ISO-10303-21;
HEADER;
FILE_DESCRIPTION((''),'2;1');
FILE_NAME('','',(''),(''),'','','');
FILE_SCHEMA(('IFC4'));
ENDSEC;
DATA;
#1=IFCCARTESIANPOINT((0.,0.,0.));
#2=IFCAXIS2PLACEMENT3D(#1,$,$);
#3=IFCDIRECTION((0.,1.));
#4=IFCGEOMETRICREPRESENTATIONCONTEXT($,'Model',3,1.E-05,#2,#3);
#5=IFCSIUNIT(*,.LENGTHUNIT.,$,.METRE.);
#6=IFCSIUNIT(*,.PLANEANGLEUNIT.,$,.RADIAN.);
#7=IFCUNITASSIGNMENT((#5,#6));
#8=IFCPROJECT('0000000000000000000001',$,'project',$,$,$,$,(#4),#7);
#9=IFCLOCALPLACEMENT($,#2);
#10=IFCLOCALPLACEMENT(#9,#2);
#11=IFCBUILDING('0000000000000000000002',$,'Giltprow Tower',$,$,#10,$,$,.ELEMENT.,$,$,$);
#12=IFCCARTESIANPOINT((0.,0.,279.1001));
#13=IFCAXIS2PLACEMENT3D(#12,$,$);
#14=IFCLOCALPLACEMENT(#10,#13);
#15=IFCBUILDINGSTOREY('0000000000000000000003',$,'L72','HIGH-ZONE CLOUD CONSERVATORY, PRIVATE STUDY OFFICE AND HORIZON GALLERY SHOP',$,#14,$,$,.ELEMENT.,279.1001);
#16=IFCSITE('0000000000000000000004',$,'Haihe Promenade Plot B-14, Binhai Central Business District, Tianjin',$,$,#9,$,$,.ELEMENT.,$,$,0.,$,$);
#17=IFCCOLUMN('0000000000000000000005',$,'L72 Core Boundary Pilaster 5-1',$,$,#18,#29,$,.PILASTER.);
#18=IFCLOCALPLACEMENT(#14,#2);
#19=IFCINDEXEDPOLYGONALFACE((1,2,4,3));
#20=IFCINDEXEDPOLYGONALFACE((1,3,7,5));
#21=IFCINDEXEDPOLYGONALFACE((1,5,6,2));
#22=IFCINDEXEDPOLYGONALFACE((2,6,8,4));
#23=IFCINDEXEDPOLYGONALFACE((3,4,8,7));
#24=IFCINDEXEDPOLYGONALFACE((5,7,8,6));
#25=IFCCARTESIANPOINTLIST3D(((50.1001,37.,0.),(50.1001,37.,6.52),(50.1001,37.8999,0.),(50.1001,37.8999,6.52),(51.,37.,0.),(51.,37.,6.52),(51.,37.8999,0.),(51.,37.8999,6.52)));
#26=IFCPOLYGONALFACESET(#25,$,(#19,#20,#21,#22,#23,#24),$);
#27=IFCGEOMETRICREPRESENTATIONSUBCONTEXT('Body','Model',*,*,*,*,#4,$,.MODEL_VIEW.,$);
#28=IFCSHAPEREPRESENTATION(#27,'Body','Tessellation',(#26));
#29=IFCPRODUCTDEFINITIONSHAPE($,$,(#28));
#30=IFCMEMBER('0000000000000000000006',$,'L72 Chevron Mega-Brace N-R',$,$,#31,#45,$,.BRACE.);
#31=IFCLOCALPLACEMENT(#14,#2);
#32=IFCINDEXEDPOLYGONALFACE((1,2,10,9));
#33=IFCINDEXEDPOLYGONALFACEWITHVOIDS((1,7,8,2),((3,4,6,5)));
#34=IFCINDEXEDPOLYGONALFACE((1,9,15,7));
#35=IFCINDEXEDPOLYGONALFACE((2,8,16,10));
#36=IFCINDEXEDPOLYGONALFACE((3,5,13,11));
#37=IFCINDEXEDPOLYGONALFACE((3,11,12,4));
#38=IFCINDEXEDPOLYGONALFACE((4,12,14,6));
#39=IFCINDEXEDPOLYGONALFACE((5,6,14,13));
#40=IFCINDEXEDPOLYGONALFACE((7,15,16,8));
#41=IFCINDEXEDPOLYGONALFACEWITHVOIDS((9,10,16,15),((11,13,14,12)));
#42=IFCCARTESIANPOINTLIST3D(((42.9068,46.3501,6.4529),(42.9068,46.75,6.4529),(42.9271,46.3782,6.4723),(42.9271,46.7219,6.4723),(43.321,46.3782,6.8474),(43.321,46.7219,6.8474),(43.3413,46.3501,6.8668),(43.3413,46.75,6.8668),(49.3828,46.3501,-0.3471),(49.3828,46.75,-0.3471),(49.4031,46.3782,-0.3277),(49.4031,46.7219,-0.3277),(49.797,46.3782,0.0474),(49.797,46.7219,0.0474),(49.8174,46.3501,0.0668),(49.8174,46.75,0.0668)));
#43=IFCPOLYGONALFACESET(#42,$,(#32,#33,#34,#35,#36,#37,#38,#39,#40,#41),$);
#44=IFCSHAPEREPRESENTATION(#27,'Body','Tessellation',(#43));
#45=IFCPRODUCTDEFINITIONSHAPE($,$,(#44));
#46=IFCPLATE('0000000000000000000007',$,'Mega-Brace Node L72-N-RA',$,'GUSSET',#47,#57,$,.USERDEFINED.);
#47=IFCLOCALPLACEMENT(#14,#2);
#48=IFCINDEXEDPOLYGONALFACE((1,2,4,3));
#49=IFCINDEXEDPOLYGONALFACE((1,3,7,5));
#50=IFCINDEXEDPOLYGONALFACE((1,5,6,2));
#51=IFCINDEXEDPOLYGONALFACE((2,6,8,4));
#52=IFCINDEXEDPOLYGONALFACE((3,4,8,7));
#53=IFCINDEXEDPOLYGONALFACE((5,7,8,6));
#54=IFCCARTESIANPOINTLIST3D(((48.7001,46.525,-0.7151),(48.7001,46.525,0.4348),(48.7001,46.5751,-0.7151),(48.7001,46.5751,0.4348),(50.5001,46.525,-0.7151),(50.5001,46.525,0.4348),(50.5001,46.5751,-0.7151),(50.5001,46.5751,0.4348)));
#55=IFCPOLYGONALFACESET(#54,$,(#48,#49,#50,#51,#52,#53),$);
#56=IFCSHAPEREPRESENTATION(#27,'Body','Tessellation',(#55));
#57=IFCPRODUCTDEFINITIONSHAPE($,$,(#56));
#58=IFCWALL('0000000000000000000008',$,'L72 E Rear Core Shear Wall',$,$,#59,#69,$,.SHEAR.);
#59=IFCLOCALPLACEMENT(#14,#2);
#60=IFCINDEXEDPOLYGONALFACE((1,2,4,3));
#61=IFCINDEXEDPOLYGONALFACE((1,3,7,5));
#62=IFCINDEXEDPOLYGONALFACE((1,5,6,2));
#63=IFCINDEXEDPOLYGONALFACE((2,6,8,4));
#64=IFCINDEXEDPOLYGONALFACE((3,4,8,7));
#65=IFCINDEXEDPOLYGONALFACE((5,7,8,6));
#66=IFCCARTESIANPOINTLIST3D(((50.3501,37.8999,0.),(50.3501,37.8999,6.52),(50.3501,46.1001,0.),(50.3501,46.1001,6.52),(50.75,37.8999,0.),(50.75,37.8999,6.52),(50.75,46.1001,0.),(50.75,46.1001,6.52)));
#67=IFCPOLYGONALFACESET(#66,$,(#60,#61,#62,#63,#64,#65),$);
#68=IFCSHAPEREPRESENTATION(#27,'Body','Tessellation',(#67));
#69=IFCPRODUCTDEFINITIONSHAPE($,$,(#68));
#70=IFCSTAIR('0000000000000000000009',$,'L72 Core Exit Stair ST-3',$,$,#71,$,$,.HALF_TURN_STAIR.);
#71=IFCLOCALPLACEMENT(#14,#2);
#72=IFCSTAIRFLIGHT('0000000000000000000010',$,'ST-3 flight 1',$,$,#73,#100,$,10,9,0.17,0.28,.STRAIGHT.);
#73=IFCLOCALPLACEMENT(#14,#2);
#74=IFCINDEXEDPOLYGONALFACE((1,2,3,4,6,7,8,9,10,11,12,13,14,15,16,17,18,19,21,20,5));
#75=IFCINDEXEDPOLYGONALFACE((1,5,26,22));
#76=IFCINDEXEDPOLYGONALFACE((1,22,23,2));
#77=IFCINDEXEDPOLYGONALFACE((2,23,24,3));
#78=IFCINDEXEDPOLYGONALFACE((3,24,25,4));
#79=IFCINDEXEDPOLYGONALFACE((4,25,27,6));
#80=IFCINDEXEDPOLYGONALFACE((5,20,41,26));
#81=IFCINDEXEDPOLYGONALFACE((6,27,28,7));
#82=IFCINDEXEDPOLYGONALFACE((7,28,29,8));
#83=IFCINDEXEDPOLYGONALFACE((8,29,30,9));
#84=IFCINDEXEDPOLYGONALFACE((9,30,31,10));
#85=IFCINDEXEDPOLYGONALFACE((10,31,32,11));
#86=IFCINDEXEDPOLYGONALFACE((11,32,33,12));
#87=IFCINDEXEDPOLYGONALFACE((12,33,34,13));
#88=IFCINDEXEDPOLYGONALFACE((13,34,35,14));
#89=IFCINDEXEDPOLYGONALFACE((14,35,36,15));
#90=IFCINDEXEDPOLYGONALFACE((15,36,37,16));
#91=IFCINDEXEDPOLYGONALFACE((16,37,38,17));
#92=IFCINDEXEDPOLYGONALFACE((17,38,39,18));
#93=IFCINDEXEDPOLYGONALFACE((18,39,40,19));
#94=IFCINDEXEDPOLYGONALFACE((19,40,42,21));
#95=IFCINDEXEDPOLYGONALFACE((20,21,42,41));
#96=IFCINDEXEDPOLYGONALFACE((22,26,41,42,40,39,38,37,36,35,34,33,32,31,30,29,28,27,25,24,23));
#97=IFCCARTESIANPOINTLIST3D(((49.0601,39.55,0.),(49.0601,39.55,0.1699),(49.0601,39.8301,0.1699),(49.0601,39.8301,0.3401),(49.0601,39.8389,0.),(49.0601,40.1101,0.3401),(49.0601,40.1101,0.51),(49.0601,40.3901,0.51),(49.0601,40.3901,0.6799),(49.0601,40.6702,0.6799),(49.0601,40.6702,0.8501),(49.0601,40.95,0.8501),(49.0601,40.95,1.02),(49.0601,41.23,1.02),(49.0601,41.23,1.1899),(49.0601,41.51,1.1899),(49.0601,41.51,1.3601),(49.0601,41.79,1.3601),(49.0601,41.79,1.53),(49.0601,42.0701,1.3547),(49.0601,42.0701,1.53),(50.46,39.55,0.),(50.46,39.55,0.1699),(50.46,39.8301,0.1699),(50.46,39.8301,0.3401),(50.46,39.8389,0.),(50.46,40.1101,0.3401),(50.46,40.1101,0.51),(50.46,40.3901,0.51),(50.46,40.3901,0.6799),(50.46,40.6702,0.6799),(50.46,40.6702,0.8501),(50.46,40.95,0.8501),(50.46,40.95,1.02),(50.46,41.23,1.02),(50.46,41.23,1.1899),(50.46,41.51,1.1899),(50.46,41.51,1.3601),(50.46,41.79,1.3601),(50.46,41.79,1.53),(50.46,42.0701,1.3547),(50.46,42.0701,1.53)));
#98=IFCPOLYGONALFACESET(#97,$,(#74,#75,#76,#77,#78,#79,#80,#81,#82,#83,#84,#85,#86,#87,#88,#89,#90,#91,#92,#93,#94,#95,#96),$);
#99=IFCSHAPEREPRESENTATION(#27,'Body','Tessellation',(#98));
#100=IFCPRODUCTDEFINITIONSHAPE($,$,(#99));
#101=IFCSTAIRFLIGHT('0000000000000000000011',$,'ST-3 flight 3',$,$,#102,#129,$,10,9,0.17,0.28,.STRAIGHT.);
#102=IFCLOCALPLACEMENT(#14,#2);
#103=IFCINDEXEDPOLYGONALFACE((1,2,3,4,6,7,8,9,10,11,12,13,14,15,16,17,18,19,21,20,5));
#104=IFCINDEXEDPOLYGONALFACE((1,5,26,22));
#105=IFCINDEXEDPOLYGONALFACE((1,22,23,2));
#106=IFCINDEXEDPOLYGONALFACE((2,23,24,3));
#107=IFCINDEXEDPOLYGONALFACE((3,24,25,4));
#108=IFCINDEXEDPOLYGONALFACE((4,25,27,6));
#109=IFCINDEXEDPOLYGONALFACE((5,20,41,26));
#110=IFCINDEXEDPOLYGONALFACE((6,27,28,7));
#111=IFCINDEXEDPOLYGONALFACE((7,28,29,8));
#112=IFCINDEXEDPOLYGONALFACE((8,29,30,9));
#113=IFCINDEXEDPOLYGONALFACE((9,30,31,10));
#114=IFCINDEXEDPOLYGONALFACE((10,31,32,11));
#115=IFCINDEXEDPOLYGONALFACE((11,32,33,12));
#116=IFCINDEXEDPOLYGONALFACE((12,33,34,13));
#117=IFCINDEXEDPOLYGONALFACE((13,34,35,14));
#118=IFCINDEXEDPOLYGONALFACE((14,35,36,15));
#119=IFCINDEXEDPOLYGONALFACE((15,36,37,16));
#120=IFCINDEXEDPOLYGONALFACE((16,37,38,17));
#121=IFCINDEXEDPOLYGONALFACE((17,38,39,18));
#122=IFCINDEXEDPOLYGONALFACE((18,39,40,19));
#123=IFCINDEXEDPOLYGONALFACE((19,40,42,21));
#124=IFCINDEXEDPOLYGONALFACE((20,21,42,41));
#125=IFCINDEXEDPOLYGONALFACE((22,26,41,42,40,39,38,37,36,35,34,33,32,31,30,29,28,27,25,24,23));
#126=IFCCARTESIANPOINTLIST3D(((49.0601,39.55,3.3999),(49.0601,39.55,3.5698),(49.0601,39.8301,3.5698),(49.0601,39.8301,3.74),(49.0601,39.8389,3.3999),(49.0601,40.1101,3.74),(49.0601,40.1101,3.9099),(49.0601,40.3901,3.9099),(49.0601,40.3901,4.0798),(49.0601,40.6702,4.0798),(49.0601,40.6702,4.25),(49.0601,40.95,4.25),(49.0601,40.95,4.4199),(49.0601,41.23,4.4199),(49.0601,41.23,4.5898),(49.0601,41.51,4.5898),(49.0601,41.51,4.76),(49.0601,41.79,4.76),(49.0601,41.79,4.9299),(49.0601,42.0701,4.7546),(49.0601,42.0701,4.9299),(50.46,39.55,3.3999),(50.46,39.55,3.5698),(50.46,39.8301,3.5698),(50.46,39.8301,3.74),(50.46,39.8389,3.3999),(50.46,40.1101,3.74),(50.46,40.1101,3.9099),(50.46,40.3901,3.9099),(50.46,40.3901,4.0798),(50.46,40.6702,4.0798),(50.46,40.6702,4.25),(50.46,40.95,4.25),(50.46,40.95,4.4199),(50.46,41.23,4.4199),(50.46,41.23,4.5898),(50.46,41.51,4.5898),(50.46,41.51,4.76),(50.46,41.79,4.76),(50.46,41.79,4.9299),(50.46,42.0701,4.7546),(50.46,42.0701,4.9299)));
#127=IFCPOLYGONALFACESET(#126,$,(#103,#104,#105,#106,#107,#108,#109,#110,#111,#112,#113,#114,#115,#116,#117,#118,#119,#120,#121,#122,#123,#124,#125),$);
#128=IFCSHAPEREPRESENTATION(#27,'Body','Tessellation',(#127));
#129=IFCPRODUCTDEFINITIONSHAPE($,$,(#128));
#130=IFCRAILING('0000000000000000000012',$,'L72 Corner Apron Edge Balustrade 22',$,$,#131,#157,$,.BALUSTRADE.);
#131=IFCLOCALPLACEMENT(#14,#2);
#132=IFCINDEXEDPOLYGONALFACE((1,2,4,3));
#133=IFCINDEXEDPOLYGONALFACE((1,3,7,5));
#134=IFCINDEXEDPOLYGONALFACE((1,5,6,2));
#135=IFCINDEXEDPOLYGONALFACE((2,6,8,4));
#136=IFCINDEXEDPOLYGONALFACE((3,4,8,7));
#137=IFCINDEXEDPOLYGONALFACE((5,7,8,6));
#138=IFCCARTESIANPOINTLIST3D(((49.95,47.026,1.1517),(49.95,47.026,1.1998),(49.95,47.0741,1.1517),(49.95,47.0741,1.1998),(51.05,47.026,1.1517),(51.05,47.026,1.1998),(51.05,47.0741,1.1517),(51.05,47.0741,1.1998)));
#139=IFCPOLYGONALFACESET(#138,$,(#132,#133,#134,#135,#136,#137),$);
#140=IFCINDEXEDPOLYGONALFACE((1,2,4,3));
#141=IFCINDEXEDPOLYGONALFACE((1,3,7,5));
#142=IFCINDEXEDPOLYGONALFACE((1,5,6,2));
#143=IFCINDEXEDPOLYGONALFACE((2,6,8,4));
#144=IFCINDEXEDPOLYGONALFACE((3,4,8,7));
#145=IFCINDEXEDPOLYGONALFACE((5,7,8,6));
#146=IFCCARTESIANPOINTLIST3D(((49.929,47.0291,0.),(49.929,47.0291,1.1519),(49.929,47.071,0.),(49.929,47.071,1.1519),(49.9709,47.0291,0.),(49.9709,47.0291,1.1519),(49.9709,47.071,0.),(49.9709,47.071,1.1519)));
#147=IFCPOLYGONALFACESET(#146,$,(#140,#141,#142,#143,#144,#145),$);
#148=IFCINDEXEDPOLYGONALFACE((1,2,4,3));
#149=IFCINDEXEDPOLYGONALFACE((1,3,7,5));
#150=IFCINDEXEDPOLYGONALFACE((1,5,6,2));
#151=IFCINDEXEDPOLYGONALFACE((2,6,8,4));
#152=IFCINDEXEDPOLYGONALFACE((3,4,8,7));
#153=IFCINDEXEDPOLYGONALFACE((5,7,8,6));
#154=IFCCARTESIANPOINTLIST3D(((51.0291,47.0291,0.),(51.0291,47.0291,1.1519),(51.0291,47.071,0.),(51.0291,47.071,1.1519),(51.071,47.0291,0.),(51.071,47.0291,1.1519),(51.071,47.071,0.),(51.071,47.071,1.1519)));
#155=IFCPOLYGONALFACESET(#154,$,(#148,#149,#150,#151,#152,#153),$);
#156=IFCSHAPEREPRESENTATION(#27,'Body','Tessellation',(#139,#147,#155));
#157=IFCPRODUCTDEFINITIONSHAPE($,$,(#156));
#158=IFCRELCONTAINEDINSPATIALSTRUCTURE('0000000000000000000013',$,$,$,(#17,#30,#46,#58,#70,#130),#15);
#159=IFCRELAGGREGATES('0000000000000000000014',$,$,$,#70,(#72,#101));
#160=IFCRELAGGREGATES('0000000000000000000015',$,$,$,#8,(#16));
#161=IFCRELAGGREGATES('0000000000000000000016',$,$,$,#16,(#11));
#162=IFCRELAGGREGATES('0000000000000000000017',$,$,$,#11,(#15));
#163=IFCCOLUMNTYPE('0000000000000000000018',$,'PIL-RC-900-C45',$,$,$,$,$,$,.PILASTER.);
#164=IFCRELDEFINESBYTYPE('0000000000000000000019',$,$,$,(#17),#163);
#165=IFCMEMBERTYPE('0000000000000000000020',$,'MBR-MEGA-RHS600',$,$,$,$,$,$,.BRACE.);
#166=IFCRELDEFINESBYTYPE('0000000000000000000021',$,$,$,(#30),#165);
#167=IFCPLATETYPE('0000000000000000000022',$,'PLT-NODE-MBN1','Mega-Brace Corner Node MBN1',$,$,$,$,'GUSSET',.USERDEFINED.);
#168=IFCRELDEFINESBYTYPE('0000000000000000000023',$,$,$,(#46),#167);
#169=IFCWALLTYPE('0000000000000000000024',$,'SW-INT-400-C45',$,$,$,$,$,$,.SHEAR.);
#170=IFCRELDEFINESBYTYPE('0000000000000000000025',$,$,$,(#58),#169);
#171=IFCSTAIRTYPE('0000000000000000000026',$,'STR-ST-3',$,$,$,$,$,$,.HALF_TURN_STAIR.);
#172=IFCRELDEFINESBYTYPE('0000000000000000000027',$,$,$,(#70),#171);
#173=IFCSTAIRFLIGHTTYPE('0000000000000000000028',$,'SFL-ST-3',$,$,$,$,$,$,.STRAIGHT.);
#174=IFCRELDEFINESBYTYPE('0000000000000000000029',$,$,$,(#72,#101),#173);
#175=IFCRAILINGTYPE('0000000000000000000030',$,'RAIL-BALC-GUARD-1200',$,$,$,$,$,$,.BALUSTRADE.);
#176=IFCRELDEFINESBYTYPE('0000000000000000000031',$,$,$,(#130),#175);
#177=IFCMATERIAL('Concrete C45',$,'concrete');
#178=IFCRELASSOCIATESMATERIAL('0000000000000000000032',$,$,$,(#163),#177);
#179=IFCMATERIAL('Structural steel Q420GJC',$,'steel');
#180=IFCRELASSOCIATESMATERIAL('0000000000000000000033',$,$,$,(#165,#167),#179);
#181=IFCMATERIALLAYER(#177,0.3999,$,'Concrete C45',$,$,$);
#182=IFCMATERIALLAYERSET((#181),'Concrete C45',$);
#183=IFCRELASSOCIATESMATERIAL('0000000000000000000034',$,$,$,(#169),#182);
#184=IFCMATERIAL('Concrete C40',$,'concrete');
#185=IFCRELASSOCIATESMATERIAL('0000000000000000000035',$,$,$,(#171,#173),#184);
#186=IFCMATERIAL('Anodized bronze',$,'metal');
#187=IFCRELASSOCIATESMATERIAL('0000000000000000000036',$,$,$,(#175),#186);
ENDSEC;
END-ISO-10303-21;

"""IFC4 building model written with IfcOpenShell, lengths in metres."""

from ifc_helpers import new_model, si_unit, direction, frame, frame_2d, origin, origin_2d, place, context, subcontext, project, spatial, polyline, rectangle, hollow_rectangle, outline, extrude, source, transform, mapped, material, layer, layer_set, material_profile, profile_set, type_object, element, aggregate, save


model = new_model("IFC4")

# Units and contexts
model_context = context("Model", 3, precision=1e-05, world=origin(), true_north=direction((0.0, 1.0)))
body_context = subcontext(model_context, "Body", "Model", "MODEL_VIEW")
ifc_project = project(units=[si_unit("LENGTHUNIT", "METRE"), si_unit("PLANEANGLEUNIT", "RADIAN")], contexts=[model_context])

# Site, building, storey
site_placement = place(None, origin())
site = spatial("IfcSite", under=ifc_project, at=site_placement, Name="Haihe Promenade Plot B-14, Binhai Central Business District, Tianjin", CompositionType="ELEMENT", RefElevation=0.0)
building_placement = place(site_placement, origin())
building = spatial("IfcBuilding", under=site, at=building_placement, Name="Giltprow Tower", CompositionType="ELEMENT")
storey_placement = place(building_placement, frame((0.0, 0.0, 279.1001)))
storey = spatial("IfcBuildingStorey", under=building, at=storey_placement, Name="L72", Description="HIGH-ZONE CLOUD CONSERVATORY, PRIVATE STUDY OFFICE AND HORIZON GALLERY SHOP", CompositionType="ELEMENT", Elevation=279.1001)

# Column
ifc_material_1 = material(Name="Concrete C45", Category="concrete")
ifc_material_profile_1 = material_profile(ifc_material_1, rectangle(XDim=0.8999, YDim=0.8999, at=origin_2d()), Name="RC 900x900")
ifc_profile_set_1 = profile_set([ifc_material_profile_1], Name="Concrete C45")
column_type = type_object("IfcColumnType", Name="PIL-RC-900-C45", PredefinedType="PILASTER", material=ifc_profile_set_1)
shared_shape_1 = source(origin(), body_context, "Body", "SweptSolid", [
    extrude(rectangle(XDim=0.8999, YDim=0.8999, at=origin_2d()), origin(), (0.0, 0.0, 1.0), 6.52),
])
column_placement = place(storey_placement, frame((50.55, 37.45, 0.0), z_axis=(0.0, 0.0, 1.0), x_axis=(1.0, 0.0, 0.0)))
element("IfcColumn", 1, at=column_placement, inside=storey, type_object=column_type, Name="L72 Core Boundary Pilaster 5-1", PredefinedType="PILASTER", context=body_context, shape_type="MappedRepresentation", body=[
    mapped(shared_shape_1, transform((0.0, 0.0, 0.0), x_axis=(1.0, 0.0, 0.0), y_axis=(0.0, 1.0, 0.0), z_axis=(0.0, 0.0, 1.0), scale=1.0)),
])

# Member
ifc_material_2 = material(Name="Structural steel Q420GJC", Category="steel")
ifc_material_profile_2 = material_profile(ifc_material_2, hollow_rectangle(XDim=0.3999, YDim=0.6001, WallThickness=0.0281, at=origin_2d()), Name="RHS 600x400x28")
ifc_profile_set_2 = profile_set([ifc_material_profile_2], Name="Structural steel Q420GJC")
member_type = type_object("IfcMemberType", Name="MBR-MEGA-RHS600", PredefinedType="BRACE", material=ifc_profile_set_2)
shared_shape_2 = source(origin(), body_context, "Body", "SweptSolid", [
    extrude(hollow_rectangle(XDim=0.3999, YDim=0.6001, WallThickness=0.0281, at=origin_2d()), origin(), (0.0, 0.0, 1.0), 9.3904),
])
member_placement = place(storey_placement, frame((49.6001, 46.55, -0.1401), z_axis=(-0.689646, 0.0, 0.724147), x_axis=(0.0, -1.0, 0.0)))
element("IfcMember", 2, at=member_placement, inside=storey, type_object=member_type, Name="L72 Chevron Mega-Brace N-R", PredefinedType="BRACE", context=body_context, shape_type="MappedRepresentation", body=[
    mapped(shared_shape_2, transform((0.0, 0.0, 0.0), x_axis=(1.0, 0.0, 0.0), y_axis=(0.0, 1.0, 0.0), z_axis=(0.0, 0.0, 1.0), scale=1.0)),
])

# Plate
plate_type = type_object("IfcPlateType", Name="PLT-NODE-MBN1", Description="Mega-Brace Corner Node MBN1", ElementType="GUSSET", PredefinedType="USERDEFINED", material=ifc_material_2)
shared_shape_3 = source(origin(), body_context, "Body", "SweptSolid", [
    extrude(rectangle(XDim=1.8, YDim=0.05, at=origin_2d()), origin(), (0.0, 0.0, 1.0), 1.1499),
])
plate_placement = place(storey_placement, frame((49.6001, 46.55, -0.7151), z_axis=(0.0, 0.0, 1.0), x_axis=(1.0, 0.0, 0.0)))
element("IfcPlate", 3, at=plate_placement, inside=storey, type_object=plate_type, Name="Mega-Brace Node L72-N-RA", ObjectType="GUSSET", PredefinedType="USERDEFINED", context=body_context, shape_type="MappedRepresentation", body=[
    mapped(shared_shape_3, transform((0.0, 0.0, 0.0), x_axis=(1.0, 0.0, 0.0), y_axis=(0.0, 1.0, 0.0), z_axis=(0.0, 0.0, 1.0), scale=1.0)),
])

# Wall
ifc_layer = layer(ifc_material_1, 0.3999, Name="Concrete C45")
ifc_layer_set = layer_set([ifc_layer], Name="Concrete C45")
wall_type = type_object("IfcWallType", Name="SW-INT-400-C45", PredefinedType="SHEAR", material=ifc_layer_set)
wall_placement = place(storey_placement, frame((50.55, 37.8999, 0.0), z_axis=(0.0, 0.0, 1.0), x_axis=(0.0, 1.0, 0.0)))
element("IfcWall", 4, at=wall_placement, inside=storey, type_object=wall_type, Name="L72 E Rear Core Shear Wall", PredefinedType="SHEAR", context=body_context, shape_type="SweptSolid", body=[
    extrude(rectangle(XDim=8.2002, YDim=0.3999, at=frame_2d((4.1001, 0.0))), origin(), (0.0, 0.0, 1.0), 6.52),
])

# Stair, stair flights
ifc_material_3 = material(Name="Concrete C40", Category="concrete")
stair_type = type_object("IfcStairType", Name="STR-ST-3", PredefinedType="HALF_TURN_STAIR", material=ifc_material_3)
stair_placement = place(storey_placement, origin())
stair = element("IfcStair", 5, at=stair_placement, inside=storey, type_object=stair_type, Name="L72 Core Exit Stair ST-3", PredefinedType="HALF_TURN_STAIR")
stair_flight_type = type_object("IfcStairFlightType", Name="SFL-ST-3", PredefinedType="STRAIGHT", material=ifc_material_3)
stair_flight_1_placement = place(storey_placement, frame((49.76, 39.55, 0.0), z_axis=(0.0, 0.0, 1.0), x_axis=(0.0, 1.0, 0.0)))
stair_flight_1 = element("IfcStairFlight", 6, at=stair_flight_1_placement, type_object=stair_flight_type, Name="ST-3 flight 1", NumberOfRisers=10, NumberOfTreads=9, PredefinedType="STRAIGHT", RiserHeight=0.17, TreadLength=0.28, context=body_context, shape_type="SweptSolid", body=[
    extrude(outline(polyline([(0.0, 0.0), (0.0, 0.1699), (0.28, 0.1699), (0.28, 0.3401), (0.5601, 0.3401), (0.5601, 0.51), (0.8401, 0.51), (0.8401, 0.6799), (1.1201, 0.6799), (1.1201, 0.8501), (1.3999, 0.8501), (1.3999, 1.02), (1.6799, 1.02), (1.6799, 1.1899), (1.96, 1.1899), (1.96, 1.3601), (2.24, 1.3601), (2.24, 1.53), (2.52, 1.53), (2.52, 1.7), (2.52, 1.3547), (0.2888, 0.0), (0.0, 0.0)])), frame((0.0, 0.7, 0.0), z_axis=(0.0, -1.0, 0.0), x_axis=(1.0, 0.0, 0.0)), (0.0, 0.0, 1.0), 1.3999),
])
stair_flight_2_placement = place(storey_placement, frame((49.76, 39.55, 3.3999), z_axis=(0.0, 0.0, 1.0), x_axis=(0.0, 1.0, 0.0)))
stair_flight_2 = element("IfcStairFlight", 7, at=stair_flight_2_placement, type_object=stair_flight_type, Name="ST-3 flight 3", NumberOfRisers=10, NumberOfTreads=9, PredefinedType="STRAIGHT", RiserHeight=0.17, TreadLength=0.28, context=body_context, shape_type="SweptSolid", body=[
    extrude(outline(polyline([(0.0, 0.0), (0.0, 0.1699), (0.28, 0.1699), (0.28, 0.3401), (0.5601, 0.3401), (0.5601, 0.51), (0.8401, 0.51), (0.8401, 0.6799), (1.1201, 0.6799), (1.1201, 0.8501), (1.3999, 0.8501), (1.3999, 1.02), (1.6799, 1.02), (1.6799, 1.1899), (1.96, 1.1899), (1.96, 1.3601), (2.24, 1.3601), (2.24, 1.53), (2.52, 1.53), (2.52, 1.7), (2.52, 1.3547), (0.2888, 0.0), (0.0, 0.0)])), frame((0.0, 0.7, 0.0), z_axis=(0.0, -1.0, 0.0), x_axis=(1.0, 0.0, 0.0)), (0.0, 0.0, 1.0), 1.3999),
])
aggregate(stair, [stair_flight_1, stair_flight_2])

# Railing
ifc_material_4 = material(Name="Anodized bronze", Category="metal")
railing_type_1 = type_object("IfcRailingType", Name="RAIL-BALC-GUARD-1200", PredefinedType="BALUSTRADE", material=ifc_material_4)
railing_1_placement = place(storey_placement, frame((49.95, 47.05, 0.0)))
element("IfcRailing", 8, at=railing_1_placement, inside=storey, type_object=railing_type_1, Name="L72 Corner Apron Edge Balustrade 22", PredefinedType="BALUSTRADE", context=body_context, shape_type="SweptSolid", body=[
    extrude(rectangle(XDim=0.0481, YDim=0.0481, at=origin_2d()), frame((0.0, 0.0, 1.1758), z_axis=(1.0, 0.0, 0.0), x_axis=(0.0, 1.0, 0.0)), (0.0, 0.0, 1.0), 1.1001),
    extrude(rectangle(XDim=0.042, YDim=0.042, at=origin_2d()), origin(), (0.0, 0.0, 1.0), 1.1519),
    extrude(rectangle(XDim=0.042, YDim=0.042, at=origin_2d()), frame((1.1001, 0.0, 0.0)), (0.0, 0.0, 1.0), 1.1519),
])

save(model, "model.ifc")
